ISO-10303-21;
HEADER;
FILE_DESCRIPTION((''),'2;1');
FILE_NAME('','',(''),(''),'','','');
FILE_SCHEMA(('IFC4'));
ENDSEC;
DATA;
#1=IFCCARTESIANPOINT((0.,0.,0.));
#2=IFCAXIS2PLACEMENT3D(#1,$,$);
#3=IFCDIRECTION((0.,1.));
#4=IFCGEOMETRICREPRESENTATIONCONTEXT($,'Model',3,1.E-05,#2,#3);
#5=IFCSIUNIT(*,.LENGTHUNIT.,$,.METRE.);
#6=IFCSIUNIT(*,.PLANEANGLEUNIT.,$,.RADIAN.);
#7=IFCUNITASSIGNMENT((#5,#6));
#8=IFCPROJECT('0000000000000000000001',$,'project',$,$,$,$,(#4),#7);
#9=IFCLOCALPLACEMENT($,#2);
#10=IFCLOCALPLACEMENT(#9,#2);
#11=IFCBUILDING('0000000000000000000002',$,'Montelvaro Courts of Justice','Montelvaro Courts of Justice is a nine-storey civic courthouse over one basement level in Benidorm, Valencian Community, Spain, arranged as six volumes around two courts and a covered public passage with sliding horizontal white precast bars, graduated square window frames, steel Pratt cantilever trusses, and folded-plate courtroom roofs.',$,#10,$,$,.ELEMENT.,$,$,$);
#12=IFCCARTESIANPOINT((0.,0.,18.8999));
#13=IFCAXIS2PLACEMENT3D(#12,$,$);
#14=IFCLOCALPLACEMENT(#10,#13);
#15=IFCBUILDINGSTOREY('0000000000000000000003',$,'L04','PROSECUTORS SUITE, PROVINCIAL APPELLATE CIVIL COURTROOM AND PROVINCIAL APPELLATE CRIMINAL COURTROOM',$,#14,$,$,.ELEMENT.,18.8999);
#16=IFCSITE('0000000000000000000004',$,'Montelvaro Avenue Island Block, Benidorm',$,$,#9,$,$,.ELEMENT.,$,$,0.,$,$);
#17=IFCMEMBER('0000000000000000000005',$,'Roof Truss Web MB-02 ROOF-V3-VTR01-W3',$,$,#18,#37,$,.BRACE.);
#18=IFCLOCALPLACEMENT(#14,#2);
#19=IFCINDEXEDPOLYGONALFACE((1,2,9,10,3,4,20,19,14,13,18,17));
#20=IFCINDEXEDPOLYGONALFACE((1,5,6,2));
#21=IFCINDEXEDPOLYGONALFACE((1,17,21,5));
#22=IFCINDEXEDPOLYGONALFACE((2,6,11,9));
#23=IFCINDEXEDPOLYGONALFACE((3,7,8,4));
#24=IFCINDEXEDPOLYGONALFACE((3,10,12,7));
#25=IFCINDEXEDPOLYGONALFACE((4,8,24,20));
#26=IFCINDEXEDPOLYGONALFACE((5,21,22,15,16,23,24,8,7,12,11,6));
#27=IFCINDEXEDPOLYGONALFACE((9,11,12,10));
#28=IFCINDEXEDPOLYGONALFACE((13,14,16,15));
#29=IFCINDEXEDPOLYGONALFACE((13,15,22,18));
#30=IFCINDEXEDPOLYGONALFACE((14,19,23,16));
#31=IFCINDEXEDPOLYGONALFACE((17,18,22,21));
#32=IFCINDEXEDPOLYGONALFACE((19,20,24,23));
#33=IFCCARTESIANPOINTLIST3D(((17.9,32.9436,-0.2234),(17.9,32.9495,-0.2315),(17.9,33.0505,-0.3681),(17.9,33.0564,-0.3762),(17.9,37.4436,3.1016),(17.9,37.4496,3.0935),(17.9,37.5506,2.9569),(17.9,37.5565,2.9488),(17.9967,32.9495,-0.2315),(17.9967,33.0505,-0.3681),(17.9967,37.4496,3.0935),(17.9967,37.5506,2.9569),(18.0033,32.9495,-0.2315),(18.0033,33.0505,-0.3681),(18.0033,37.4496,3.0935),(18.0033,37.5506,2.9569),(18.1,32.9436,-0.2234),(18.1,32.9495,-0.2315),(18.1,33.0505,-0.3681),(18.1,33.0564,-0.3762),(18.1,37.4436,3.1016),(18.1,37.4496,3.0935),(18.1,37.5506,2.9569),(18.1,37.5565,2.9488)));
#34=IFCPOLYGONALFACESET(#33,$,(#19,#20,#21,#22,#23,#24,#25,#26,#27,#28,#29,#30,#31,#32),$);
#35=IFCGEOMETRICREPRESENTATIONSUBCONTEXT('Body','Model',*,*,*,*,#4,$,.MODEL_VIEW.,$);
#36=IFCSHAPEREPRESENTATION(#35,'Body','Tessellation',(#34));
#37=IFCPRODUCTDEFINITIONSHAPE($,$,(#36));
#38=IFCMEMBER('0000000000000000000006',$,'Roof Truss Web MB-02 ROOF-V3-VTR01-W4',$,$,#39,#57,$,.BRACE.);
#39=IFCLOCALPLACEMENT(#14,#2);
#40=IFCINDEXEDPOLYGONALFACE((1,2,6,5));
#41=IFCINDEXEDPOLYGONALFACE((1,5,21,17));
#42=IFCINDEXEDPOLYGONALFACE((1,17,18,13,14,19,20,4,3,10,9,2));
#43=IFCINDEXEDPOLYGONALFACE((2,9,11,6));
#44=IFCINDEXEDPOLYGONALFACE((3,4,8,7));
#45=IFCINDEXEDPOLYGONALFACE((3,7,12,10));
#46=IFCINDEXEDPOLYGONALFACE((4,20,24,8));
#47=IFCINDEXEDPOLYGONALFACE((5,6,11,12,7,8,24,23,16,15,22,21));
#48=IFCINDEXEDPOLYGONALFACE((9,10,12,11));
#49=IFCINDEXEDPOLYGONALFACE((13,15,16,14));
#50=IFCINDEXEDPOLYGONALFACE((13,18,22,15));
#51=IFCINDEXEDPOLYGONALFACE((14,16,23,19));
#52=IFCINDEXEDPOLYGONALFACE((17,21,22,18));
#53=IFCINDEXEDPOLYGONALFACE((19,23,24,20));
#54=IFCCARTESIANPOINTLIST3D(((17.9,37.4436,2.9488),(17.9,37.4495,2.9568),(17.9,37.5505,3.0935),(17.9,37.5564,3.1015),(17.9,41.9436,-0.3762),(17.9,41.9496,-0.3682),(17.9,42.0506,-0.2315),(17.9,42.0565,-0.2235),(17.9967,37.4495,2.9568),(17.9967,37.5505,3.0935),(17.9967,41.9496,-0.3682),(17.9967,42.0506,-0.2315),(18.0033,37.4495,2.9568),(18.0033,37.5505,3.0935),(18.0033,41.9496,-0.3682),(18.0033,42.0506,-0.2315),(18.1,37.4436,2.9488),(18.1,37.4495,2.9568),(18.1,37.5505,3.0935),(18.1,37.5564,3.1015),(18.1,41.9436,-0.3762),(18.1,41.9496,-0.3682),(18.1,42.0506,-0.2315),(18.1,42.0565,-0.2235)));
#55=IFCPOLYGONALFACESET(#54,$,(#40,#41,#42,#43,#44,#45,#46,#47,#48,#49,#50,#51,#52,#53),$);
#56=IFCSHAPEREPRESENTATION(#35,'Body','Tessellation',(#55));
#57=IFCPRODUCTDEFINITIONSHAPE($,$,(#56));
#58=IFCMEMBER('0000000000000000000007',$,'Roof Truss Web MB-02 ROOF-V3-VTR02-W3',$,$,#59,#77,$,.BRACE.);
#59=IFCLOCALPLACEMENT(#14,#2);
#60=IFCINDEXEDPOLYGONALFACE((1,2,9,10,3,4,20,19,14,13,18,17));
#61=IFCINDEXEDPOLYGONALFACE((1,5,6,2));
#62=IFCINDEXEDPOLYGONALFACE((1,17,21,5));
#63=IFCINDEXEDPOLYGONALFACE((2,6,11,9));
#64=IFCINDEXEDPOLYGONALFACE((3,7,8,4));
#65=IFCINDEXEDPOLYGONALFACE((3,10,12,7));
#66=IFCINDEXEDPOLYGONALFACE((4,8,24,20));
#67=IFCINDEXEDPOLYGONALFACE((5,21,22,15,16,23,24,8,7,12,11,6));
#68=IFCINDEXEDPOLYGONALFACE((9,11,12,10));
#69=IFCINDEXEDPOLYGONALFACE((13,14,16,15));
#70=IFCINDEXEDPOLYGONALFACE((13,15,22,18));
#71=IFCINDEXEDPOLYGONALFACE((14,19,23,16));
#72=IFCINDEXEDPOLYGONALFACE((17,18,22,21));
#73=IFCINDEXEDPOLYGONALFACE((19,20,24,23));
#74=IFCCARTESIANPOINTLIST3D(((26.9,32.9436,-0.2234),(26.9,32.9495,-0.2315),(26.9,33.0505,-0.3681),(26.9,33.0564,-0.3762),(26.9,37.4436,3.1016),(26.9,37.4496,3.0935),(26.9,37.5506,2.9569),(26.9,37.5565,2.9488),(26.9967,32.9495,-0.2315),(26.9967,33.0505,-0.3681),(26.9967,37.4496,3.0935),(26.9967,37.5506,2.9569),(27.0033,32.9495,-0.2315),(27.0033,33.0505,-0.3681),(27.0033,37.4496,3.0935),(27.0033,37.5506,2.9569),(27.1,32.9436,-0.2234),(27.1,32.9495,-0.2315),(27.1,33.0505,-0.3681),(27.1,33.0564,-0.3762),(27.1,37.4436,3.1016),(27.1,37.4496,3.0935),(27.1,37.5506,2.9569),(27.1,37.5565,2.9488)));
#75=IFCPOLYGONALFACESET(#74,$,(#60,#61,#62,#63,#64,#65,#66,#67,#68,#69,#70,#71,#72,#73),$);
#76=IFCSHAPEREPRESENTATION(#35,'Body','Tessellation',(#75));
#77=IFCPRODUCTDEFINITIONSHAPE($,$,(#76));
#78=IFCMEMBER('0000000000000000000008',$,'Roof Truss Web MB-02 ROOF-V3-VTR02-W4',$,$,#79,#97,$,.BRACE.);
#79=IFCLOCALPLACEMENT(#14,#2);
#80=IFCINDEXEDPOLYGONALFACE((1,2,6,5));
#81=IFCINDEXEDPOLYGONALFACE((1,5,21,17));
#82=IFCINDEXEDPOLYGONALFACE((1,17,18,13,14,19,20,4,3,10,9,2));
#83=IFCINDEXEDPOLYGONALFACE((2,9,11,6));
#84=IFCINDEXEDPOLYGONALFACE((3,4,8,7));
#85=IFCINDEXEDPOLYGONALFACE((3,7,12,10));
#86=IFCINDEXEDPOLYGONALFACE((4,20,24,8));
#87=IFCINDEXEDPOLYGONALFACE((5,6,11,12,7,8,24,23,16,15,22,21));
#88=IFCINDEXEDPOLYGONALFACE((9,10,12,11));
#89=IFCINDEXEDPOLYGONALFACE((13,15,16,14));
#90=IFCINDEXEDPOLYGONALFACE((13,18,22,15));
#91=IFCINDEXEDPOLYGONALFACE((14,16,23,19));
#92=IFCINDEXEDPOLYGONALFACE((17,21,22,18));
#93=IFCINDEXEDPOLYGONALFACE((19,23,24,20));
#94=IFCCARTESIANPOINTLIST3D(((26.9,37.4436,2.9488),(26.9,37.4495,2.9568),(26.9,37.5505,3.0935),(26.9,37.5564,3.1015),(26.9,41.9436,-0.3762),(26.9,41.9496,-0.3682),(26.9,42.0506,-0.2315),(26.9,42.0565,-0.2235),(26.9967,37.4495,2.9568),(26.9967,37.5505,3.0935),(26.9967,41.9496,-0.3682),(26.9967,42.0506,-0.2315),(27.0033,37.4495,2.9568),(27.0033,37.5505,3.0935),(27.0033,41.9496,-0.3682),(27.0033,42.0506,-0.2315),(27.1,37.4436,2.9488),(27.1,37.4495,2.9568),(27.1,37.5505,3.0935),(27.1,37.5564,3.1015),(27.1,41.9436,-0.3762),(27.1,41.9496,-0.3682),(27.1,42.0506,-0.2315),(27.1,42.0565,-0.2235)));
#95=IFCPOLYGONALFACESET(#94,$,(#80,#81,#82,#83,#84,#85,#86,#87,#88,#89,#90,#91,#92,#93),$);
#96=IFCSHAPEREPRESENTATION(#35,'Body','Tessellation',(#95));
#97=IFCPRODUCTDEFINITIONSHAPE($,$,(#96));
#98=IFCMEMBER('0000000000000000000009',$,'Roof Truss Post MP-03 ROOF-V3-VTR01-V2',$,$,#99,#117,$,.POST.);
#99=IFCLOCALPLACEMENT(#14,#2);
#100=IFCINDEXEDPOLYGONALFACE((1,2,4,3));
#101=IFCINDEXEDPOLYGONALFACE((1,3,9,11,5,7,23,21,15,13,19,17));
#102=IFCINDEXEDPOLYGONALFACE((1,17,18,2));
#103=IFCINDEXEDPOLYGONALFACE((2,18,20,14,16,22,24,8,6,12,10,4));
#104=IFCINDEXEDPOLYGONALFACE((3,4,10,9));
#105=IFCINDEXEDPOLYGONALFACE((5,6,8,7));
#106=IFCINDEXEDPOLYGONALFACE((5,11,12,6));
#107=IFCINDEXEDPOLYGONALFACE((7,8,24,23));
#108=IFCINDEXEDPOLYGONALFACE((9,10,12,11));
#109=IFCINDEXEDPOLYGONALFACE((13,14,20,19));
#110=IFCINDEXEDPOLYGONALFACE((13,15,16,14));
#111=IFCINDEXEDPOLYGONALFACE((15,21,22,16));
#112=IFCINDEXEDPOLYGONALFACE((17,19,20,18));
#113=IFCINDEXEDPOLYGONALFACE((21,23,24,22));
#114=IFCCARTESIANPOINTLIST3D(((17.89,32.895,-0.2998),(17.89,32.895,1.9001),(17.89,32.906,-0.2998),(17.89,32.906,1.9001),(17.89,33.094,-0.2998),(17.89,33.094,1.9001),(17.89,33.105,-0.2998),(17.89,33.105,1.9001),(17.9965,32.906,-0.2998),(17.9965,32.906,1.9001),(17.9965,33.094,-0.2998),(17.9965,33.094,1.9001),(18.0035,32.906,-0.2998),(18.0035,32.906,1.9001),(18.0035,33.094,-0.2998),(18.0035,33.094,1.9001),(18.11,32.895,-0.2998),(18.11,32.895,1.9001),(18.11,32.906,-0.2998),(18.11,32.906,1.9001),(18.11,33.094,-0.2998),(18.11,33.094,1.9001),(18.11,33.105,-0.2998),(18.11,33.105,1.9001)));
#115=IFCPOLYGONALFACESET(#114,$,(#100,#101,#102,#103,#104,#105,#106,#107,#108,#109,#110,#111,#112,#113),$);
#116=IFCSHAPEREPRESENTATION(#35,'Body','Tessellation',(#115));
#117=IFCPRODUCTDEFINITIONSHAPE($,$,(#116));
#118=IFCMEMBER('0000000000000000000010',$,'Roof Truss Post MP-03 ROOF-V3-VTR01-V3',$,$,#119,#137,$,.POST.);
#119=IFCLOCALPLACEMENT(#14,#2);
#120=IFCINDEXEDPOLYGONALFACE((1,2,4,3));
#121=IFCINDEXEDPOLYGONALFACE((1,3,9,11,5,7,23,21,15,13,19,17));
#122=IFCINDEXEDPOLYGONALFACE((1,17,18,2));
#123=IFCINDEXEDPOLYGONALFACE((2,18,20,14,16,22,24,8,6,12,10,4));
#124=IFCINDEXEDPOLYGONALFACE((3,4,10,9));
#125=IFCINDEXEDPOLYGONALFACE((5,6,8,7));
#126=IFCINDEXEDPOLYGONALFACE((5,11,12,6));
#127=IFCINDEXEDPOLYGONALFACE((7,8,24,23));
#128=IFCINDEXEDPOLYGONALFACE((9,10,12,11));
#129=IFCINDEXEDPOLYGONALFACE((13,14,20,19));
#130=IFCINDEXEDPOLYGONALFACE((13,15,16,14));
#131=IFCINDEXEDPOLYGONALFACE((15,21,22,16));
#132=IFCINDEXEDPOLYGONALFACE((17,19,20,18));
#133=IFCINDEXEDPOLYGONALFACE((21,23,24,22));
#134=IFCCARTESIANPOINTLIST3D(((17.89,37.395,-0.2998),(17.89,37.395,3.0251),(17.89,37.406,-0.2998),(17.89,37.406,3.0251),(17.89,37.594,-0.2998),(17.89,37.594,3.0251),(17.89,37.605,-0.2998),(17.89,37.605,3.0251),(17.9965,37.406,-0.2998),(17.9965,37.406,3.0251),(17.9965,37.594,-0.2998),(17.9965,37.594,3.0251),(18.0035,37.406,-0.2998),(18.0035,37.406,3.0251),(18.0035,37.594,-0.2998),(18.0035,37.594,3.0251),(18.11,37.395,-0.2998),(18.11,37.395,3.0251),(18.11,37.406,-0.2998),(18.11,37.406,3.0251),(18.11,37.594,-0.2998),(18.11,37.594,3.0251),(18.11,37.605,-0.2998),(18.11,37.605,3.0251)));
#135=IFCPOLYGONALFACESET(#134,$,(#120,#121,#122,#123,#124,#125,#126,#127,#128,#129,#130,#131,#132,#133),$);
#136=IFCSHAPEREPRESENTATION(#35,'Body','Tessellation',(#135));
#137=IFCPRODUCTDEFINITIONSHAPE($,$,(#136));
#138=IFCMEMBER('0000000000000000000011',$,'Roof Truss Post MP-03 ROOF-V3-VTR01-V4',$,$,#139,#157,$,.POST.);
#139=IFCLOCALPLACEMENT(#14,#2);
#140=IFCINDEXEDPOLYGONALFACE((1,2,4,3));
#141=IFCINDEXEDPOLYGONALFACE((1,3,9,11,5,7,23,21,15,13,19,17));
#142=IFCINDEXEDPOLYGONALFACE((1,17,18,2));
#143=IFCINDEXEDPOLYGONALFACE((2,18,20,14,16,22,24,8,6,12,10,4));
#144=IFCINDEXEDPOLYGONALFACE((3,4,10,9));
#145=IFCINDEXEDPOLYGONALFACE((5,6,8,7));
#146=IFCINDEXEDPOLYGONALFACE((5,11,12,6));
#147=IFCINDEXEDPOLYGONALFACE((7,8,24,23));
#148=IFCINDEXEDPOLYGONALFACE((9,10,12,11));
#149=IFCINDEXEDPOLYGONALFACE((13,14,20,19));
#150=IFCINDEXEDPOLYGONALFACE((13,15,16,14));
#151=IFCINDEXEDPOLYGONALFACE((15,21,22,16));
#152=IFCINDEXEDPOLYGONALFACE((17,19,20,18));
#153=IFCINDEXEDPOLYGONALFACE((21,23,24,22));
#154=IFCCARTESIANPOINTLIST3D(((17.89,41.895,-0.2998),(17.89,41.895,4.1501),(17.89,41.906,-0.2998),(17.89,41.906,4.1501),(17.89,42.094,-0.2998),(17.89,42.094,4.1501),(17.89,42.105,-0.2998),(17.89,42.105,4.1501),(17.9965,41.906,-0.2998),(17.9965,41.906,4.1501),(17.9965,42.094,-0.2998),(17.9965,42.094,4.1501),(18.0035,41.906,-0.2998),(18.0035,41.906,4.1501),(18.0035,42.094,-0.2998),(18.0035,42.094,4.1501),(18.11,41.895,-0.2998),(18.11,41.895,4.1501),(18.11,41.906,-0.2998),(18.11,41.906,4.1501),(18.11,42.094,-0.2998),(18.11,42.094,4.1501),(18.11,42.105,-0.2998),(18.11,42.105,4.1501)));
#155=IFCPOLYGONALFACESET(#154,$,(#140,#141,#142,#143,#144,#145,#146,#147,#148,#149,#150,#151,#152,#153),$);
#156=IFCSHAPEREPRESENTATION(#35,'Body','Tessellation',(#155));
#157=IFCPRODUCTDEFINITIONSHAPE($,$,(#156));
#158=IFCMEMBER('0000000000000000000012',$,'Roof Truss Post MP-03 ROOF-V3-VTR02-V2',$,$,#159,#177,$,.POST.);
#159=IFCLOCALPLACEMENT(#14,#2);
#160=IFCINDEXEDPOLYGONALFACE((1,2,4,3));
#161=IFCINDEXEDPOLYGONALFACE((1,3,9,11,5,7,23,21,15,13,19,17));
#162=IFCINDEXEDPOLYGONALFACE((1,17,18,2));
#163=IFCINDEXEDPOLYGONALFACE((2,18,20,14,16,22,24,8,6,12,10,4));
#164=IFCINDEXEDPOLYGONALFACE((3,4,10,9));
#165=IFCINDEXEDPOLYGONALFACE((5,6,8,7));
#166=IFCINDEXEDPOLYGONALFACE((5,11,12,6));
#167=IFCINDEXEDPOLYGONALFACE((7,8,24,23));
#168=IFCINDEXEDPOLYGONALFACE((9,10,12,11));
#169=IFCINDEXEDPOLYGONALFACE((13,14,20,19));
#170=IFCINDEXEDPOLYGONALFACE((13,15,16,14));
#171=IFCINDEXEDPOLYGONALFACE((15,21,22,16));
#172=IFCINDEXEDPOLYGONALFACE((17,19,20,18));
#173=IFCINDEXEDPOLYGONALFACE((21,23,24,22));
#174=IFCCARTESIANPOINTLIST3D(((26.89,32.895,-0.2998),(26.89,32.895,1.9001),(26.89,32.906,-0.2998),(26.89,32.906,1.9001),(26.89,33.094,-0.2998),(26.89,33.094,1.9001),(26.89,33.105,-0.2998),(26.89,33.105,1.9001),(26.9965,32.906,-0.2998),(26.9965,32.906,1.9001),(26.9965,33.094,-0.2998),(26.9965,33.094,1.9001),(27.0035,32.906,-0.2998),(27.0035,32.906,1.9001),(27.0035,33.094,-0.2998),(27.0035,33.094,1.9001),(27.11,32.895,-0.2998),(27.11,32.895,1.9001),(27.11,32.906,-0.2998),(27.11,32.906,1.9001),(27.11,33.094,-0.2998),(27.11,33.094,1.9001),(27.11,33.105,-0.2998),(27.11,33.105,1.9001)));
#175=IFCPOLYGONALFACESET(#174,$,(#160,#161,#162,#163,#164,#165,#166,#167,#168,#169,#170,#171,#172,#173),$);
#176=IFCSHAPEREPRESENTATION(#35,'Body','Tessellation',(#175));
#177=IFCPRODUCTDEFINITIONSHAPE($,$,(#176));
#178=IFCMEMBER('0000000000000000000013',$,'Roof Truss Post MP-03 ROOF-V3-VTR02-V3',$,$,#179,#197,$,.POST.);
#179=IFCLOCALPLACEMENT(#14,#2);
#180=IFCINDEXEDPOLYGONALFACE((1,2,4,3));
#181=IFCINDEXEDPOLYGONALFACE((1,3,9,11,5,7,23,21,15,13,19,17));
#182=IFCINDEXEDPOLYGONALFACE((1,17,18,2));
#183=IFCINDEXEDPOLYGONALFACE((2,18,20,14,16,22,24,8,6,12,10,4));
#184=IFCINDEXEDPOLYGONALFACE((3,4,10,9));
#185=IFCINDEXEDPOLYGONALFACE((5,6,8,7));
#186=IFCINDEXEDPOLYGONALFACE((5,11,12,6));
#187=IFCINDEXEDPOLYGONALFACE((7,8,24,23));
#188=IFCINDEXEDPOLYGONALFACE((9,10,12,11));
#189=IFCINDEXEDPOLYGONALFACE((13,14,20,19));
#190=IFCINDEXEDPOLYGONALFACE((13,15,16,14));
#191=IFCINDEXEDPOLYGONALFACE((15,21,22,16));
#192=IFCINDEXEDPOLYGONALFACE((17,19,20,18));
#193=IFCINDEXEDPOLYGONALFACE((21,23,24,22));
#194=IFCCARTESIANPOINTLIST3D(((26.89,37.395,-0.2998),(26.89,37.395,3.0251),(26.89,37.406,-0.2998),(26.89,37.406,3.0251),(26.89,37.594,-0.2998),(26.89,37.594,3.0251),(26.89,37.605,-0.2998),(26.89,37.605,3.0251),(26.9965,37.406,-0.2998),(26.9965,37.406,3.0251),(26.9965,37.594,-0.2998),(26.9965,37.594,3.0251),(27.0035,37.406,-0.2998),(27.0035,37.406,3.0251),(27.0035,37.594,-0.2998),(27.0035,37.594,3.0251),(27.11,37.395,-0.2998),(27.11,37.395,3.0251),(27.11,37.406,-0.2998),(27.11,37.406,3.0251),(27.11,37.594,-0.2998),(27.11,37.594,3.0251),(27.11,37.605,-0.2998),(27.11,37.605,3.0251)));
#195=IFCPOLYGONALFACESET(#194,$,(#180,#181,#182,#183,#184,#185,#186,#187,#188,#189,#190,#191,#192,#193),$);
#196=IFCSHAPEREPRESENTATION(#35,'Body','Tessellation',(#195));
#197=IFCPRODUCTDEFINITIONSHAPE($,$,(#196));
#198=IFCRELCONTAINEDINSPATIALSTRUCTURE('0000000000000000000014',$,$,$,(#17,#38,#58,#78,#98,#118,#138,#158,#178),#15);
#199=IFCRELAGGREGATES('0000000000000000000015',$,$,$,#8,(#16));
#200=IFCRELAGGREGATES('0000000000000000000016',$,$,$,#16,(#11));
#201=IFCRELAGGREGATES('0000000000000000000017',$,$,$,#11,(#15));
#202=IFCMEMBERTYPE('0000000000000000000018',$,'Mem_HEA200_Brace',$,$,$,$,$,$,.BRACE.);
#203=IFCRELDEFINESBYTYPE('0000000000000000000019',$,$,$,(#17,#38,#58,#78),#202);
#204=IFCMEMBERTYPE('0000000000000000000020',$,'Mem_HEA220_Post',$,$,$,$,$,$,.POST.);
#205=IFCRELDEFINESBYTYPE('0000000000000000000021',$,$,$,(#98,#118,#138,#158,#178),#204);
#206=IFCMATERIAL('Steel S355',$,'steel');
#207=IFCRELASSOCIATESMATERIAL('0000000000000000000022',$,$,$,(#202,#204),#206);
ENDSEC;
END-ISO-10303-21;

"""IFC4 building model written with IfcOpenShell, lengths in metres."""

from ifc_helpers import new_model, si_unit, direction, frame, origin, origin_2d, place, context, subcontext, project, spatial, i_section, extrude, material, material_profile, profile_set, type_object, element, save


model = new_model("IFC4")

# Units and contexts
model_context = context("Model", 3, precision=1e-05, world=origin(), true_north=direction((0.0, 1.0)))
body_context = subcontext(model_context, "Body", "Model", "MODEL_VIEW")
ifc_project = project(units=[si_unit("LENGTHUNIT", "METRE"), si_unit("PLANEANGLEUNIT", "RADIAN")], contexts=[model_context])

# Site, building, storey
site_placement = place(None, origin())
site = spatial("IfcSite", under=ifc_project, at=site_placement, Name="Montelvaro Avenue Island Block, Benidorm", CompositionType="ELEMENT", RefElevation=0.0)
building_placement = place(site_placement, origin())
building = spatial("IfcBuilding", under=site, at=building_placement, Name="Montelvaro Courts of Justice", Description="Montelvaro Courts of Justice is a nine-storey civic courthouse over one basement level in Benidorm, Valencian Community, Spain, arranged as six volumes around two courts and a covered public passage with sliding horizontal white precast bars, graduated square window frames, steel Pratt cantilever trusses, and folded-plate courtroom roofs.", CompositionType="ELEMENT")
storey_placement = place(building_placement, frame((0.0, 0.0, 18.8999)))
storey = spatial("IfcBuildingStorey", under=building, at=storey_placement, Name="L04", Description="PROSECUTORS SUITE, PROVINCIAL APPELLATE CIVIL COURTROOM AND PROVINCIAL APPELLATE CRIMINAL COURTROOM", CompositionType="ELEMENT", Elevation=18.8999)

# Members
ifc_material_1 = material(Name="Steel S355", Category="steel")
ifc_material_profile_1 = material_profile(ifc_material_1, i_section(OverallWidth=0.2, OverallDepth=0.1899, WebThickness=0.0066, FlangeThickness=0.01, at=origin_2d()), Name="HEA 200")
ifc_profile_set_1 = profile_set([ifc_material_profile_1], Name="Steel S355")
member_type_1 = type_object("IfcMemberType", Name="Mem_HEA200_Brace", PredefinedType="BRACE", material=ifc_profile_set_1)
for number, where, z_axis, x_axis, name in (
    (1, (18.0, 33.0, -0.2998), (0.0, 0.804273, 0.59426), (-1.0, 0.0, 0.0), "Roof Truss Web MB-02 ROOF-V3-VTR01-W3"),
    (2, (18.0, 37.5, 3.0251), (0.0, 0.804273, -0.59426), (-1.0, 0.0, 0.0), "Roof Truss Web MB-02 ROOF-V3-VTR01-W4"),
    (3, (27.0, 33.0, -0.2998), (0.0, 0.804273, 0.59426), (-1.0, 0.0, 0.0), "Roof Truss Web MB-02 ROOF-V3-VTR02-W3"),
    (4, (27.0, 37.5, 3.0251), (0.0, 0.804273, -0.59426), (-1.0, 0.0, 0.0), "Roof Truss Web MB-02 ROOF-V3-VTR02-W4"),
):
    element("IfcMember", number, at=place(storey_placement, frame(where, z_axis=z_axis, x_axis=x_axis)), inside=storey, type_object=member_type_1, Name=name, PredefinedType="BRACE", context=body_context, shape_type="SweptSolid", body=[
        extrude(i_section(OverallWidth=0.2, OverallDepth=0.1899, WebThickness=0.0066, FlangeThickness=0.01, at=origin_2d()), origin(), (0.0, 0.0, 1.0), 5.5952),
    ])
ifc_material_profile_2 = material_profile(ifc_material_1, i_section(OverallWidth=0.22, OverallDepth=0.21, WebThickness=0.0071, FlangeThickness=0.011, at=origin_2d()), Name="HEA 220")
ifc_profile_set_2 = profile_set([ifc_material_profile_2], Name="Steel S355")
member_type_2 = type_object("IfcMemberType", Name="Mem_HEA220_Post", PredefinedType="POST", material=ifc_profile_set_2)
member_1_placement = place(storey_placement, frame((18.0, 33.0, -0.2998), z_axis=(0.0, 0.0, 1.0), x_axis=(1.0, 0.0, 0.0)))
element("IfcMember", 5, at=member_1_placement, inside=storey, type_object=member_type_2, Name="Roof Truss Post MP-03 ROOF-V3-VTR01-V2", PredefinedType="POST", context=body_context, shape_type="SweptSolid", body=[
    extrude(i_section(OverallWidth=0.22, OverallDepth=0.21, WebThickness=0.0071, FlangeThickness=0.011, at=origin_2d()), origin(), (0.0, 0.0, 1.0), 2.2),
])
member_2_placement = place(storey_placement, frame((18.0, 37.5, -0.2998), z_axis=(0.0, 0.0, 1.0), x_axis=(1.0, 0.0, 0.0)))
element("IfcMember", 6, at=member_2_placement, inside=storey, type_object=member_type_2, Name="Roof Truss Post MP-03 ROOF-V3-VTR01-V3", PredefinedType="POST", context=body_context, shape_type="SweptSolid", body=[
    extrude(i_section(OverallWidth=0.22, OverallDepth=0.21, WebThickness=0.0071, FlangeThickness=0.011, at=origin_2d()), origin(), (0.0, 0.0, 1.0), 3.325),
])
member_3_placement = place(storey_placement, frame((18.0, 42.0, -0.2998), z_axis=(0.0, 0.0, 1.0), x_axis=(1.0, 0.0, 0.0)))
element("IfcMember", 7, at=member_3_placement, inside=storey, type_object=member_type_2, Name="Roof Truss Post MP-03 ROOF-V3-VTR01-V4", PredefinedType="POST", context=body_context, shape_type="SweptSolid", body=[
    extrude(i_section(OverallWidth=0.22, OverallDepth=0.21, WebThickness=0.0071, FlangeThickness=0.011, at=origin_2d()), origin(), (0.0, 0.0, 1.0), 4.45),
])
member_4_placement = place(storey_placement, frame((27.0, 33.0, -0.2998), z_axis=(0.0, 0.0, 1.0), x_axis=(1.0, 0.0, 0.0)))
element("IfcMember", 8, at=member_4_placement, inside=storey, type_object=member_type_2, Name="Roof Truss Post MP-03 ROOF-V3-VTR02-V2", PredefinedType="POST", context=body_context, shape_type="SweptSolid", body=[
    extrude(i_section(OverallWidth=0.22, OverallDepth=0.21, WebThickness=0.0071, FlangeThickness=0.011, at=origin_2d()), origin(), (0.0, 0.0, 1.0), 2.2),
])
member_5_placement = place(storey_placement, frame((27.0, 37.5, -0.2998), z_axis=(0.0, 0.0, 1.0), x_axis=(1.0, 0.0, 0.0)))
element("IfcMember", 9, at=member_5_placement, inside=storey, type_object=member_type_2, Name="Roof Truss Post MP-03 ROOF-V3-VTR02-V3", PredefinedType="POST", context=body_context, shape_type="SweptSolid", body=[
    extrude(i_section(OverallWidth=0.22, OverallDepth=0.21, WebThickness=0.0071, FlangeThickness=0.011, at=origin_2d()), origin(), (0.0, 0.0, 1.0), 3.325),
])

save(model, "model.ifc")
